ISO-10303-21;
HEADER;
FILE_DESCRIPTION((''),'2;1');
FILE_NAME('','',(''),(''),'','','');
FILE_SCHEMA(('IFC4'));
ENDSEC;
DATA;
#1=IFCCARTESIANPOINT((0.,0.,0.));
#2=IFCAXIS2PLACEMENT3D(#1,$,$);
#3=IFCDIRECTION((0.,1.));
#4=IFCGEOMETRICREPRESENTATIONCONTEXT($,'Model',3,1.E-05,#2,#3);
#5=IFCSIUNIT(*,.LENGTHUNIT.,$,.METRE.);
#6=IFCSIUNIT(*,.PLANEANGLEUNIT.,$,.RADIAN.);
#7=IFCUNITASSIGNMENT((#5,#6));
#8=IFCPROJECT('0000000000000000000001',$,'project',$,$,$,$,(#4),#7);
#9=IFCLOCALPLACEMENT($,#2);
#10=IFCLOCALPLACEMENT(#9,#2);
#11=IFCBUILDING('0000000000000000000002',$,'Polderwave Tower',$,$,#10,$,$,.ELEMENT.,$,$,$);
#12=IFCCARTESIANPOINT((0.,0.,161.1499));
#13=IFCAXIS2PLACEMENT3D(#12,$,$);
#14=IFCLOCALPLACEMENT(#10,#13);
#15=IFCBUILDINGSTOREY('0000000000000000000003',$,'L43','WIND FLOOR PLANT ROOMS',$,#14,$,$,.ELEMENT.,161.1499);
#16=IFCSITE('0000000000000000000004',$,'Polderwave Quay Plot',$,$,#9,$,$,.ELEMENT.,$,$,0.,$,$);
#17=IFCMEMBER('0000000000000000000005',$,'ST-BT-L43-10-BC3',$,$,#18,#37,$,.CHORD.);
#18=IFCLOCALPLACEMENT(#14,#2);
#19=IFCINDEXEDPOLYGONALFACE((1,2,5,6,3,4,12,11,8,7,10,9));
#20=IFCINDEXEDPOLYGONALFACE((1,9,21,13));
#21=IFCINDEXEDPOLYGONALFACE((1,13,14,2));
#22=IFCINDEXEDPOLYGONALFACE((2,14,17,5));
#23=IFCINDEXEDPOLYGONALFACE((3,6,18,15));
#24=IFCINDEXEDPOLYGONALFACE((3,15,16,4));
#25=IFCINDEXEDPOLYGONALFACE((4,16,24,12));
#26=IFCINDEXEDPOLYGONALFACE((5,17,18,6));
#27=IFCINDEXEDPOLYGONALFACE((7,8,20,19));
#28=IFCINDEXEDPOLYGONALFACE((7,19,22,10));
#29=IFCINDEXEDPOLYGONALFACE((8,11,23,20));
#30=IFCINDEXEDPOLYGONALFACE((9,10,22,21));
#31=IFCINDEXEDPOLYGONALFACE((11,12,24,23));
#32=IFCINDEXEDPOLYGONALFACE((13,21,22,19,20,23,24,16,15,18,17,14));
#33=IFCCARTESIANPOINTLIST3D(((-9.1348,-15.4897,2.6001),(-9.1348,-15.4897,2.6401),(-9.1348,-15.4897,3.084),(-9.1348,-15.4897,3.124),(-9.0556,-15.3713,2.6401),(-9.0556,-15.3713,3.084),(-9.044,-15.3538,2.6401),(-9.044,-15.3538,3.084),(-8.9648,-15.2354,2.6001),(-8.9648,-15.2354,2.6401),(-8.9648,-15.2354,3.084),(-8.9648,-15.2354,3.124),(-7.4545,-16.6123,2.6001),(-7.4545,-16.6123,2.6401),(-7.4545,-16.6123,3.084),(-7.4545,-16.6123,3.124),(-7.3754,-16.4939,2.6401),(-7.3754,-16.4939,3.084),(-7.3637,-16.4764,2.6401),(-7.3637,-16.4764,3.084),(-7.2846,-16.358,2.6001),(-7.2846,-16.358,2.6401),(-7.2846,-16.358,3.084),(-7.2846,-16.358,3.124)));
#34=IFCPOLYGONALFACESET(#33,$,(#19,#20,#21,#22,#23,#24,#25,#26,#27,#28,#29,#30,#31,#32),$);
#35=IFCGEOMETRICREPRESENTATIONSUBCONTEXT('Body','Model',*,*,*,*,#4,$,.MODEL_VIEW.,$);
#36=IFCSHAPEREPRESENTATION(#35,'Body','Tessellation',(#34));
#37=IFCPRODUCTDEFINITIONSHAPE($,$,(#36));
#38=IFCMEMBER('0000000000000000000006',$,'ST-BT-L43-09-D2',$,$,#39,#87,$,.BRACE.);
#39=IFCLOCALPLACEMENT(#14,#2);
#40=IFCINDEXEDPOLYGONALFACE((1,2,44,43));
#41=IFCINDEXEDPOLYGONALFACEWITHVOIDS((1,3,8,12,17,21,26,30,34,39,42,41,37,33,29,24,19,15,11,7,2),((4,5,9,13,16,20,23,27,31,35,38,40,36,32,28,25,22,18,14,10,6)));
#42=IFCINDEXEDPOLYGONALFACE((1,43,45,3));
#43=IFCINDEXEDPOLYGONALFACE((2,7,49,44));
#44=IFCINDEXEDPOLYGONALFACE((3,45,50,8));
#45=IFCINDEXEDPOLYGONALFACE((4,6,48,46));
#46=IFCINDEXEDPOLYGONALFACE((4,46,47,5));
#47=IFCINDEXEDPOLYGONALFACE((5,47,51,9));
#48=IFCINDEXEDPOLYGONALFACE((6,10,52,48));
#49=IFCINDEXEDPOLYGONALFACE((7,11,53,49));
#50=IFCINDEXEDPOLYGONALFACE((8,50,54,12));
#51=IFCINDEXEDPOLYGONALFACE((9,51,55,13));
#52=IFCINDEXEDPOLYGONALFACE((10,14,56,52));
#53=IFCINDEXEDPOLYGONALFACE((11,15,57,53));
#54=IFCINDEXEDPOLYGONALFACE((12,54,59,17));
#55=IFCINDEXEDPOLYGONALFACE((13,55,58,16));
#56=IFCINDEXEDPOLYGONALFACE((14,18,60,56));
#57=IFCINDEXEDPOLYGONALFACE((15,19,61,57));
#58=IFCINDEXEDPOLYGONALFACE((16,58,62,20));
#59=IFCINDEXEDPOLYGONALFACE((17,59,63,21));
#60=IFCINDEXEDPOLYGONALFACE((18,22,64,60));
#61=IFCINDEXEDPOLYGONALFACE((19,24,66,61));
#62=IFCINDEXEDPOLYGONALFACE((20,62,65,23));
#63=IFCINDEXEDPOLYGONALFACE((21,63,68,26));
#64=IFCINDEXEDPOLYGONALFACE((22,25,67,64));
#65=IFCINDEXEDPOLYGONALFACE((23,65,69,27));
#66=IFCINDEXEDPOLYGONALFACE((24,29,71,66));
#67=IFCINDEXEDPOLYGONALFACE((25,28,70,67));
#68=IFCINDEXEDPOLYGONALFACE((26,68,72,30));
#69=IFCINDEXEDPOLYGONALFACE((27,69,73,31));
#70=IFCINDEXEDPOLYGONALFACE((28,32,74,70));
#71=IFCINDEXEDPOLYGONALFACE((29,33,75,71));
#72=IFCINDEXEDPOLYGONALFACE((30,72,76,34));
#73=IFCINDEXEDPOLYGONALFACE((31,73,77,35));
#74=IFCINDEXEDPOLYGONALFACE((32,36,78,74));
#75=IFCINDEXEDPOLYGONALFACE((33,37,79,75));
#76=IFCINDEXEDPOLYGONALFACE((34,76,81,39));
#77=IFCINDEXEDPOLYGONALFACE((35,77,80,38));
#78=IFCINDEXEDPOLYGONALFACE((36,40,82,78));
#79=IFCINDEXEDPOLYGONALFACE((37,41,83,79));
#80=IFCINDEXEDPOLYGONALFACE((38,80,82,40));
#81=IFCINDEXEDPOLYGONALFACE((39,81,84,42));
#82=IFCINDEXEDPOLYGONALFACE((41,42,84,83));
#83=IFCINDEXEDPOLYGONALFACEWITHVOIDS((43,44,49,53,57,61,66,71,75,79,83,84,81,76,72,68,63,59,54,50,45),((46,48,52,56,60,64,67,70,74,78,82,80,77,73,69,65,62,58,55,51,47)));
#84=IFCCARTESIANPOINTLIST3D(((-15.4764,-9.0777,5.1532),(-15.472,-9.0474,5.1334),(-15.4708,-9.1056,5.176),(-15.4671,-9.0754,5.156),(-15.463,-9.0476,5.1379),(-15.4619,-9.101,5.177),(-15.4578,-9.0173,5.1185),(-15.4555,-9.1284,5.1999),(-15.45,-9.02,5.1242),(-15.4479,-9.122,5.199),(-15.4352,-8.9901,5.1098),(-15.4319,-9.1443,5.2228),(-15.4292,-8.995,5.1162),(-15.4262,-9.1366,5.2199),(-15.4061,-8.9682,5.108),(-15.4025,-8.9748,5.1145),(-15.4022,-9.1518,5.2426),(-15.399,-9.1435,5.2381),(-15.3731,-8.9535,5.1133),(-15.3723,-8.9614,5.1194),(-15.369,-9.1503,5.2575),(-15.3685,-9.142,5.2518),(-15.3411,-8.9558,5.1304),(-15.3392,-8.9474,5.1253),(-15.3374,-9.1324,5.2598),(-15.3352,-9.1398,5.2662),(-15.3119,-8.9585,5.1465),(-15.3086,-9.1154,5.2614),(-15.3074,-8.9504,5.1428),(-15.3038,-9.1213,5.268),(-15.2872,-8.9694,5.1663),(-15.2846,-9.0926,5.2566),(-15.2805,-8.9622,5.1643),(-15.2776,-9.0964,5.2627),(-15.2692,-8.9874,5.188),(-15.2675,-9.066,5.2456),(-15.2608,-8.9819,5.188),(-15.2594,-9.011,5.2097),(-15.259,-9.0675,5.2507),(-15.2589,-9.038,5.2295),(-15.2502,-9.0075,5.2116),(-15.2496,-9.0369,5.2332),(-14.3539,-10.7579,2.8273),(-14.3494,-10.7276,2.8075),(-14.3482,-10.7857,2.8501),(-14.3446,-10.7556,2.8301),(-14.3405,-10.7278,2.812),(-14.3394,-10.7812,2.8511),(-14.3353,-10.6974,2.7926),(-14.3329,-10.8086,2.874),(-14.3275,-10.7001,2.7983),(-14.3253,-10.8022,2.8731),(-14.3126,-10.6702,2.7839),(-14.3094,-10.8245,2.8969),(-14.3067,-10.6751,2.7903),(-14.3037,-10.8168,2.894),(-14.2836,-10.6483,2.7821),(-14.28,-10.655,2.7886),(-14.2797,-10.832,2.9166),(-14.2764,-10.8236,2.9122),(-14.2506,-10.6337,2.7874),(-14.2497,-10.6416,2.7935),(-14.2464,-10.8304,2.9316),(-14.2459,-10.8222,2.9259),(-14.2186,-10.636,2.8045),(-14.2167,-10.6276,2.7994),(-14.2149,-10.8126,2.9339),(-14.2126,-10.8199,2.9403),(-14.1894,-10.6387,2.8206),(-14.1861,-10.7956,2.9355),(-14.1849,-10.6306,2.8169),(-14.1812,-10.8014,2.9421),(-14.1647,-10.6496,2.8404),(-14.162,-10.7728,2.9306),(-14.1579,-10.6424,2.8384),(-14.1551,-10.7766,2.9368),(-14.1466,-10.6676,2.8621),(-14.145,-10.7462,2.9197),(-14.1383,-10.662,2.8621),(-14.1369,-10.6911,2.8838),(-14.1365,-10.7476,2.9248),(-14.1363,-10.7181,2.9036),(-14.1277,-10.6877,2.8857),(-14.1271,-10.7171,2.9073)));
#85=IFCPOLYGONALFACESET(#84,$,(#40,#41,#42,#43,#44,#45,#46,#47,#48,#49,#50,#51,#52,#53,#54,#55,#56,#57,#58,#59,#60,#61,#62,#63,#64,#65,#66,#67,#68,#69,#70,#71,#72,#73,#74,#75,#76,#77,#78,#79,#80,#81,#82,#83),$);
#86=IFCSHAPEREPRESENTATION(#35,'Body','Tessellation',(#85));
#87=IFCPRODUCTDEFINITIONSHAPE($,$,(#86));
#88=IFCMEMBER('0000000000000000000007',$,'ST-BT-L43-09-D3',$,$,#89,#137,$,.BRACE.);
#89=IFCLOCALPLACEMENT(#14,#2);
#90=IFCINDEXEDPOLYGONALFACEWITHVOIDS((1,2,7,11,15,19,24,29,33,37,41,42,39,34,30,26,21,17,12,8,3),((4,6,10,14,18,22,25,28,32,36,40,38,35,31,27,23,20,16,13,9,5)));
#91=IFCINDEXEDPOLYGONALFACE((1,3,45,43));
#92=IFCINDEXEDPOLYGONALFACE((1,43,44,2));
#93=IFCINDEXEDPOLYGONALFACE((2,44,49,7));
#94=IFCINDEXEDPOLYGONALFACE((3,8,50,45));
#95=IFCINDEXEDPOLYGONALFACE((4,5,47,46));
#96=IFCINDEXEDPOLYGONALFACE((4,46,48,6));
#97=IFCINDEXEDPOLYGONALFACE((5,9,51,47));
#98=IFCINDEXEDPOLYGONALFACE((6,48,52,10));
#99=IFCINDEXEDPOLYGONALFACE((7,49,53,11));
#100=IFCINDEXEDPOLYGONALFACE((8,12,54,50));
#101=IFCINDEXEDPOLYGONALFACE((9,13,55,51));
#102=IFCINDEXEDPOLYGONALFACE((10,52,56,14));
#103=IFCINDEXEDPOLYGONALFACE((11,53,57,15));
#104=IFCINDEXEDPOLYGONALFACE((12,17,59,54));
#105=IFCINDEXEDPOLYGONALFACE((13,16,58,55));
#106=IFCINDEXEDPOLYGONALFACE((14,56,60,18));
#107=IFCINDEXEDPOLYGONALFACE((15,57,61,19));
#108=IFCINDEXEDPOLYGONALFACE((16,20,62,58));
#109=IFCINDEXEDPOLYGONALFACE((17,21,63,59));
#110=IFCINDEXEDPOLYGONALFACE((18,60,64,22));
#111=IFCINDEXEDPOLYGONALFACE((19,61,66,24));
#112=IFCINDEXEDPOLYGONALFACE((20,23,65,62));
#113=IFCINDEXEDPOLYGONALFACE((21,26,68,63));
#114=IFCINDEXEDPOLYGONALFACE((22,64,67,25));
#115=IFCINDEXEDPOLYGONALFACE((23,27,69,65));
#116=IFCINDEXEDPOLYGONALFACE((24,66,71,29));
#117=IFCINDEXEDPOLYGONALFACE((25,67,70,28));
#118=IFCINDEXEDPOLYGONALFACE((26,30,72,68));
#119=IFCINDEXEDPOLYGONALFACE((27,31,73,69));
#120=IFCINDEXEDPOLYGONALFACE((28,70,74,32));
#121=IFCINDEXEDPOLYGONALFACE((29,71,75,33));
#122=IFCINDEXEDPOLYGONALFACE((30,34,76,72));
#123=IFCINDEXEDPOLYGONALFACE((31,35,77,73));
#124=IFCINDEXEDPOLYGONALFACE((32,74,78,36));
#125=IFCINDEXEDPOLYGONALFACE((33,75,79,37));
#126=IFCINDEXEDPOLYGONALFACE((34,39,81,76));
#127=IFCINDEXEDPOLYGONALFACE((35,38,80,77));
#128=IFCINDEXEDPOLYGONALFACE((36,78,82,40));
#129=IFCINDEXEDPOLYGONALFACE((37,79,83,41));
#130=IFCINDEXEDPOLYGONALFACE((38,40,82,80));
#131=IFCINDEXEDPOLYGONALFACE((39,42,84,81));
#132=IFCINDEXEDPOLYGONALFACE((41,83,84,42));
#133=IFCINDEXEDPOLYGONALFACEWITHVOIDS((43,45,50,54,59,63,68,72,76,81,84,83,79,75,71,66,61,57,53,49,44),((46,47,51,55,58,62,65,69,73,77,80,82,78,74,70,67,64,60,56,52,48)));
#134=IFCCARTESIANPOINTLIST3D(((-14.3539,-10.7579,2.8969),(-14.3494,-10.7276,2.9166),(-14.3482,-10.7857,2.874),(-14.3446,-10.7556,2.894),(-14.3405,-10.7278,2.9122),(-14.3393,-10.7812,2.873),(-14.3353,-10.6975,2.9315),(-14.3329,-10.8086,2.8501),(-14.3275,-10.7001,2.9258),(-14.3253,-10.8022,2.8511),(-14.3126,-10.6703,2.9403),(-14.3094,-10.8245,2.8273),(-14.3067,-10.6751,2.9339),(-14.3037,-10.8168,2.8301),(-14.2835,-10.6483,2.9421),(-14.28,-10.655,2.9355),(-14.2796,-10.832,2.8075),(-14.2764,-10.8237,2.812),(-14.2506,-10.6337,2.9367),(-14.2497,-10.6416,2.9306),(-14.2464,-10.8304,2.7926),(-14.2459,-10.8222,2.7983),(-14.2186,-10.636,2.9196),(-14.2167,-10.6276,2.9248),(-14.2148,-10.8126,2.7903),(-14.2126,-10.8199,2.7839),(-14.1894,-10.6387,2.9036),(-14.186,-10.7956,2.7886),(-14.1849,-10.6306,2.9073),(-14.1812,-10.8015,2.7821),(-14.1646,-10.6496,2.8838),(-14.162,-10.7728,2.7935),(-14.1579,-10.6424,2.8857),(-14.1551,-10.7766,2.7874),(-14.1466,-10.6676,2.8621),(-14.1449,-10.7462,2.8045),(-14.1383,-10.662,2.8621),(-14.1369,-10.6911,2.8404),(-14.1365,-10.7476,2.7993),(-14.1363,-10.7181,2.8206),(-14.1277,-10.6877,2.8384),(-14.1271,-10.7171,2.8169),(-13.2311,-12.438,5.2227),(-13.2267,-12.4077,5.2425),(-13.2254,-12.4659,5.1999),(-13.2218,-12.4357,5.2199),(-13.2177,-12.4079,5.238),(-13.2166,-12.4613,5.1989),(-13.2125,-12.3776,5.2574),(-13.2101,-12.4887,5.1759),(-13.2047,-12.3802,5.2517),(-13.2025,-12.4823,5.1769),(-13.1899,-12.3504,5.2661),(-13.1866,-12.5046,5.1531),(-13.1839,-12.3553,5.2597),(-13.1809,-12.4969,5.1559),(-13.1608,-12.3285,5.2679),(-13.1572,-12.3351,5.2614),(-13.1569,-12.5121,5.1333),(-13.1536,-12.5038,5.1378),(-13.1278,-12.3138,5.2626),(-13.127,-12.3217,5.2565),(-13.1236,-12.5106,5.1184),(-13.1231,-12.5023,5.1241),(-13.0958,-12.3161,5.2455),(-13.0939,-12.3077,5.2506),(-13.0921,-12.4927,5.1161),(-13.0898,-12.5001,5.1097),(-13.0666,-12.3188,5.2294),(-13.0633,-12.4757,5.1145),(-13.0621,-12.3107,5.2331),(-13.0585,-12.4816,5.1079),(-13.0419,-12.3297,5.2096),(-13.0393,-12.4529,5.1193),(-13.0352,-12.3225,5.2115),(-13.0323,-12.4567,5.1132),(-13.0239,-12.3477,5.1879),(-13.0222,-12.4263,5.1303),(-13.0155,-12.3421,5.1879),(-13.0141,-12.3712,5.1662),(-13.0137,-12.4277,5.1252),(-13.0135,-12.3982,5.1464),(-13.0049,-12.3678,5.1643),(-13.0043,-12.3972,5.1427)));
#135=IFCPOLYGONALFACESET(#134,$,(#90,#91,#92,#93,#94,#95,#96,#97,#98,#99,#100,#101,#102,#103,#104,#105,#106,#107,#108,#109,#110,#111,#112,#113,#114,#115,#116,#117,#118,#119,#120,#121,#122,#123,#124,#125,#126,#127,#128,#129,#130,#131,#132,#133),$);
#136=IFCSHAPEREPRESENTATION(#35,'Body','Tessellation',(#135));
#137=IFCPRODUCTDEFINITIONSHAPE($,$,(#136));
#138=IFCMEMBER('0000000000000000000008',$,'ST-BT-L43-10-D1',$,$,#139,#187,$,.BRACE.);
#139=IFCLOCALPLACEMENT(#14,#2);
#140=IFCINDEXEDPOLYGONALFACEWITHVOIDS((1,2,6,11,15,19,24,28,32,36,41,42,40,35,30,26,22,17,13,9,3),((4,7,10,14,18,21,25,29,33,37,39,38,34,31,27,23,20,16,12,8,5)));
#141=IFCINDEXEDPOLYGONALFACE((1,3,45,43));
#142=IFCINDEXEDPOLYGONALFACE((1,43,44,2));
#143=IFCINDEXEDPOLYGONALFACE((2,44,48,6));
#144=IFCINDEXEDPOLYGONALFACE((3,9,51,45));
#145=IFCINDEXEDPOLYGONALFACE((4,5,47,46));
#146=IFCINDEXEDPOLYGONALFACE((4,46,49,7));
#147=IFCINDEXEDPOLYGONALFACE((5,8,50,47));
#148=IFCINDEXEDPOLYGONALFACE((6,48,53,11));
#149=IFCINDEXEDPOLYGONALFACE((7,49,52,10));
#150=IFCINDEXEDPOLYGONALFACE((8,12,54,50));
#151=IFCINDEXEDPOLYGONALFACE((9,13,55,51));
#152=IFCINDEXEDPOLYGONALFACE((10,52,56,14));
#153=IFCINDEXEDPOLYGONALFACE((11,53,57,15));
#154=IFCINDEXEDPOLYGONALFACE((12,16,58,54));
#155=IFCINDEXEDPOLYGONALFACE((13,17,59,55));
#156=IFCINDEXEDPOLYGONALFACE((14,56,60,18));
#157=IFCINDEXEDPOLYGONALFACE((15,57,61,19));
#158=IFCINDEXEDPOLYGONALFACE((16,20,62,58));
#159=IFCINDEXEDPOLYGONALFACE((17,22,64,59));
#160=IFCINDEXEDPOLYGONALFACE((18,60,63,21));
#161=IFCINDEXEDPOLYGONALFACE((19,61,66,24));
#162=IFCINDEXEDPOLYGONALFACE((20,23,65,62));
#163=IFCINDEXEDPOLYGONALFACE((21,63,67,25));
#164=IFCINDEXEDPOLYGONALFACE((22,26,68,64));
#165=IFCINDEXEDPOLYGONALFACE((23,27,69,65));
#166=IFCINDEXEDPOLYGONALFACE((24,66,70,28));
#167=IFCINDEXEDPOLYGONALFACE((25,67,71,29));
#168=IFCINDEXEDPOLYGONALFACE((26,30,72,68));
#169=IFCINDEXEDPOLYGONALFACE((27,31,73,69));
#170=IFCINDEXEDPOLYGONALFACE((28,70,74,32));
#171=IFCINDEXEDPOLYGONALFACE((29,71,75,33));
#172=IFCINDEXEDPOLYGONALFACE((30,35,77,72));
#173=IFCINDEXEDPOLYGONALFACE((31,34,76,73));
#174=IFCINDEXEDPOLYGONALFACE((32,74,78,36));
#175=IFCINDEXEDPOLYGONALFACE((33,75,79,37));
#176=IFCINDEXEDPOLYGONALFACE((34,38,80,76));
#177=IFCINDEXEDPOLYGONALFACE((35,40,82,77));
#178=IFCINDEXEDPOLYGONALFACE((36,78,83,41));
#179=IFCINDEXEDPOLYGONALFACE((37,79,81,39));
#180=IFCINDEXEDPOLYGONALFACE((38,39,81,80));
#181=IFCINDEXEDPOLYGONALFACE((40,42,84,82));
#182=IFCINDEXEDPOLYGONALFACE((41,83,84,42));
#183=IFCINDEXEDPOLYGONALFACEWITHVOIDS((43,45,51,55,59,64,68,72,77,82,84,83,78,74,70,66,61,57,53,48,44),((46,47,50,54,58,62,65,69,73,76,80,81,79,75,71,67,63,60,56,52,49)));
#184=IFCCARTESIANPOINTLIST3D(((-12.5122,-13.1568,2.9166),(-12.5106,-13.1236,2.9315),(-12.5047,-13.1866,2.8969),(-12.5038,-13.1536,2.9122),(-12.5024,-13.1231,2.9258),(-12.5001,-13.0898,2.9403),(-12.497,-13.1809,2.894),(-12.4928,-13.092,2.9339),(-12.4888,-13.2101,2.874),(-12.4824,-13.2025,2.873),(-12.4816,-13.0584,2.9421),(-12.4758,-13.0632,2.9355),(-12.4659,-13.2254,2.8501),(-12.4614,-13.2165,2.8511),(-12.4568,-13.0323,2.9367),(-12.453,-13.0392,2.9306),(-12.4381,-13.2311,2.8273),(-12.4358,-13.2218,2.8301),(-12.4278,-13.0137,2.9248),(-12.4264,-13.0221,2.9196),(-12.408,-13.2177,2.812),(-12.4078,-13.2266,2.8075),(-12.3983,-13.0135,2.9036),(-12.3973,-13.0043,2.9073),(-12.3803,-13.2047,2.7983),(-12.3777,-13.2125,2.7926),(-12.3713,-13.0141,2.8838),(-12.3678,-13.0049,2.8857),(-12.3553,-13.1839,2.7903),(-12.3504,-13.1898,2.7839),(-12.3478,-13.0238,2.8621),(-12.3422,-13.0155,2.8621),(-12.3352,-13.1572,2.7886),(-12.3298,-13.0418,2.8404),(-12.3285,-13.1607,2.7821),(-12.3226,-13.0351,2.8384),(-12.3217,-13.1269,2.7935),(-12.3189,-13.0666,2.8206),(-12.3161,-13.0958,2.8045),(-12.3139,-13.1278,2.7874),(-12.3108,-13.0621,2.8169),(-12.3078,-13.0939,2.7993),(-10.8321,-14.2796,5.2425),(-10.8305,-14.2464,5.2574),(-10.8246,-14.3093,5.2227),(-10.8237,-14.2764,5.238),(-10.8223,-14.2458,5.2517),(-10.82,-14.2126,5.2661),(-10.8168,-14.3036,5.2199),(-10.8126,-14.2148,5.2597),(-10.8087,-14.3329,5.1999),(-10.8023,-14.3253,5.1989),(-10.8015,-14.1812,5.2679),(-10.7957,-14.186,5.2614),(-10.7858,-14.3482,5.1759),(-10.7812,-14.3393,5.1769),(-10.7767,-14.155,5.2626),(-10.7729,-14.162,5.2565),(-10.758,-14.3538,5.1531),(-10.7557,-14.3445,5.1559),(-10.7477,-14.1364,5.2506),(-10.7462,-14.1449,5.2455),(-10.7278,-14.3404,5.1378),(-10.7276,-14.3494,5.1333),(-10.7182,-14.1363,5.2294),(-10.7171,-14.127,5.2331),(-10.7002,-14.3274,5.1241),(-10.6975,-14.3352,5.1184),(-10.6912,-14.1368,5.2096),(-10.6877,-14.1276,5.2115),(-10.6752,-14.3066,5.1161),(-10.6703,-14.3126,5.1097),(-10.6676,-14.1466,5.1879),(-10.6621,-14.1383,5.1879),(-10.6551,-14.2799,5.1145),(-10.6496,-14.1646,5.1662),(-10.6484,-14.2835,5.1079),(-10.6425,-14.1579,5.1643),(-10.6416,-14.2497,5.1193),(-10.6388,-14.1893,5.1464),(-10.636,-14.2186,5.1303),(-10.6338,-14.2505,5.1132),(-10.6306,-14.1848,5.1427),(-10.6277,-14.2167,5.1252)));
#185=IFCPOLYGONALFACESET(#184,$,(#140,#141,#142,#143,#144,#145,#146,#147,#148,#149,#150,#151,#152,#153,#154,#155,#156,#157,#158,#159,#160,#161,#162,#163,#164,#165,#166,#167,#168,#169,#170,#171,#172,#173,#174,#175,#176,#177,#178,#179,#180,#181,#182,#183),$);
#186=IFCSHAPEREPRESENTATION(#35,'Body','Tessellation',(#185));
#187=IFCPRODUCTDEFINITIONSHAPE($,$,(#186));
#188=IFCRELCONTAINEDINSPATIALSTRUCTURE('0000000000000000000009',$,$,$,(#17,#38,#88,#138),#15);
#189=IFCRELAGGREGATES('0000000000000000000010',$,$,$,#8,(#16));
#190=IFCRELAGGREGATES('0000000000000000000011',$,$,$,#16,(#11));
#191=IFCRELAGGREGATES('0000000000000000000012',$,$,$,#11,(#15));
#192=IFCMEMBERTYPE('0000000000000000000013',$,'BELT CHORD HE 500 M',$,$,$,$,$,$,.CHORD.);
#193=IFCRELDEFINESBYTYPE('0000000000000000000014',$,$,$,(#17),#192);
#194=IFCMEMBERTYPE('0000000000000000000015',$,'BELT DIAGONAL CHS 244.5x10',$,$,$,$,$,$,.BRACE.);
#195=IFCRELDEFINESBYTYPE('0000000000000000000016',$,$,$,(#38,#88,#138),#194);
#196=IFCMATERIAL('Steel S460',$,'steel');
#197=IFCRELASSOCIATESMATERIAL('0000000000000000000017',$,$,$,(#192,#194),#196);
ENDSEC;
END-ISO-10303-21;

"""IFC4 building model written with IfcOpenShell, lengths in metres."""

from ifc_helpers import new_model, si_unit, direction, frame, origin, origin_2d, place, context, subcontext, project, spatial, hollow_circle, i_section, extrude, material, material_profile, profile_set, type_object, element, save


model = new_model("IFC4")

# Units and contexts
model_context = context("Model", 3, precision=1e-05, world=origin(), true_north=direction((0.0, 1.0)))
body_context = subcontext(model_context, "Body", "Model", "MODEL_VIEW")
ifc_project = project(units=[si_unit("LENGTHUNIT", "METRE"), si_unit("PLANEANGLEUNIT", "RADIAN")], contexts=[model_context])

# Site, building, storey
site_placement = place(None, origin())
site = spatial("IfcSite", under=ifc_project, at=site_placement, Name="Polderwave Quay Plot", CompositionType="ELEMENT", RefElevation=0.0)
building_placement = place(site_placement, origin())
building = spatial("IfcBuilding", under=site, at=building_placement, Name="Polderwave Tower", CompositionType="ELEMENT")
storey_placement = place(building_placement, frame((0.0, 0.0, 161.1499)))
storey = spatial("IfcBuildingStorey", under=building, at=storey_placement, Name="L43", Description="WIND FLOOR PLANT ROOMS", CompositionType="ELEMENT", Elevation=161.1499)

# Members
ifc_material_1 = material(Name="Steel S460", Category="steel")
ifc_material_profile_1 = material_profile(ifc_material_1, i_section(OverallWidth=0.3059, OverallDepth=0.5239, WebThickness=0.021, FlangeThickness=0.04, at=origin_2d()), Name="HE 500 M")
ifc_profile_set_1 = profile_set([ifc_material_profile_1], Name="Steel S460")
member_type_1 = type_object("IfcMemberType", Name="BELT CHORD HE 500 M", PredefinedType="CHORD", material=ifc_profile_set_1)
for number, where, z_axis, x_axis, name in (
    (1, (-9.0498, -15.3625, 2.8621), (0.831492, -0.555536, 0.0), (0.555536, 0.831492, 0.0), "ST-BT-L43-10-BC3"),
):
    element("IfcMember", number, at=place(storey_placement, frame(where, z_axis=z_axis, x_axis=x_axis)), inside=storey, type_object=member_type_1, Name=name, PredefinedType="CHORD", context=body_context, shape_type="SweptSolid", body=[
        extrude(i_section(OverallWidth=0.3059, OverallDepth=0.5239, WebThickness=0.021, FlangeThickness=0.04, at=origin_2d()), origin(), (0.0, 0.0, 1.0), 2.0208),
    ])
ifc_material_profile_2 = material_profile(ifc_material_1, hollow_circle(Radius=0.1223, WallThickness=0.01, at=origin_2d()), Name="CHS 244.5x10")
ifc_profile_set_2 = profile_set([ifc_material_profile_2], Name="Steel S460")
member_type_2 = type_object("IfcMemberType", Name="BELT DIAGONAL CHS 244.5x10", PredefinedType="BRACE", material=ifc_profile_set_2)
for number, where, z_axis, x_axis, name in (
    (2, (-15.3625, -9.0498, 5.188), (0.364339, -0.54532, -0.754906), (0.831492, 0.555536, 0.0), "ST-BT-L43-09-D2"),
    (3, (-14.24, -10.73, 2.8621), (0.364408, -0.545304, 0.754884), (0.831436, 0.55562, 0.0), "ST-BT-L43-09-D3"),
    (4, (-12.4102, -13.1172, 2.8621), (0.545304, -0.364408, 0.754884), (0.55562, 0.831436, 0.0), "ST-BT-L43-10-D1"),
):
    element("IfcMember", number, at=place(storey_placement, frame(where, z_axis=z_axis, x_axis=x_axis)), inside=storey, type_object=member_type_2, Name=name, PredefinedType="BRACE", context=body_context, shape_type="SweptSolid", body=[
        extrude(hollow_circle(Radius=0.1223, WallThickness=0.01, at=origin_2d()), origin(), (0.0, 0.0, 1.0), 3.0811),
    ])

save(model, "model.ifc")
